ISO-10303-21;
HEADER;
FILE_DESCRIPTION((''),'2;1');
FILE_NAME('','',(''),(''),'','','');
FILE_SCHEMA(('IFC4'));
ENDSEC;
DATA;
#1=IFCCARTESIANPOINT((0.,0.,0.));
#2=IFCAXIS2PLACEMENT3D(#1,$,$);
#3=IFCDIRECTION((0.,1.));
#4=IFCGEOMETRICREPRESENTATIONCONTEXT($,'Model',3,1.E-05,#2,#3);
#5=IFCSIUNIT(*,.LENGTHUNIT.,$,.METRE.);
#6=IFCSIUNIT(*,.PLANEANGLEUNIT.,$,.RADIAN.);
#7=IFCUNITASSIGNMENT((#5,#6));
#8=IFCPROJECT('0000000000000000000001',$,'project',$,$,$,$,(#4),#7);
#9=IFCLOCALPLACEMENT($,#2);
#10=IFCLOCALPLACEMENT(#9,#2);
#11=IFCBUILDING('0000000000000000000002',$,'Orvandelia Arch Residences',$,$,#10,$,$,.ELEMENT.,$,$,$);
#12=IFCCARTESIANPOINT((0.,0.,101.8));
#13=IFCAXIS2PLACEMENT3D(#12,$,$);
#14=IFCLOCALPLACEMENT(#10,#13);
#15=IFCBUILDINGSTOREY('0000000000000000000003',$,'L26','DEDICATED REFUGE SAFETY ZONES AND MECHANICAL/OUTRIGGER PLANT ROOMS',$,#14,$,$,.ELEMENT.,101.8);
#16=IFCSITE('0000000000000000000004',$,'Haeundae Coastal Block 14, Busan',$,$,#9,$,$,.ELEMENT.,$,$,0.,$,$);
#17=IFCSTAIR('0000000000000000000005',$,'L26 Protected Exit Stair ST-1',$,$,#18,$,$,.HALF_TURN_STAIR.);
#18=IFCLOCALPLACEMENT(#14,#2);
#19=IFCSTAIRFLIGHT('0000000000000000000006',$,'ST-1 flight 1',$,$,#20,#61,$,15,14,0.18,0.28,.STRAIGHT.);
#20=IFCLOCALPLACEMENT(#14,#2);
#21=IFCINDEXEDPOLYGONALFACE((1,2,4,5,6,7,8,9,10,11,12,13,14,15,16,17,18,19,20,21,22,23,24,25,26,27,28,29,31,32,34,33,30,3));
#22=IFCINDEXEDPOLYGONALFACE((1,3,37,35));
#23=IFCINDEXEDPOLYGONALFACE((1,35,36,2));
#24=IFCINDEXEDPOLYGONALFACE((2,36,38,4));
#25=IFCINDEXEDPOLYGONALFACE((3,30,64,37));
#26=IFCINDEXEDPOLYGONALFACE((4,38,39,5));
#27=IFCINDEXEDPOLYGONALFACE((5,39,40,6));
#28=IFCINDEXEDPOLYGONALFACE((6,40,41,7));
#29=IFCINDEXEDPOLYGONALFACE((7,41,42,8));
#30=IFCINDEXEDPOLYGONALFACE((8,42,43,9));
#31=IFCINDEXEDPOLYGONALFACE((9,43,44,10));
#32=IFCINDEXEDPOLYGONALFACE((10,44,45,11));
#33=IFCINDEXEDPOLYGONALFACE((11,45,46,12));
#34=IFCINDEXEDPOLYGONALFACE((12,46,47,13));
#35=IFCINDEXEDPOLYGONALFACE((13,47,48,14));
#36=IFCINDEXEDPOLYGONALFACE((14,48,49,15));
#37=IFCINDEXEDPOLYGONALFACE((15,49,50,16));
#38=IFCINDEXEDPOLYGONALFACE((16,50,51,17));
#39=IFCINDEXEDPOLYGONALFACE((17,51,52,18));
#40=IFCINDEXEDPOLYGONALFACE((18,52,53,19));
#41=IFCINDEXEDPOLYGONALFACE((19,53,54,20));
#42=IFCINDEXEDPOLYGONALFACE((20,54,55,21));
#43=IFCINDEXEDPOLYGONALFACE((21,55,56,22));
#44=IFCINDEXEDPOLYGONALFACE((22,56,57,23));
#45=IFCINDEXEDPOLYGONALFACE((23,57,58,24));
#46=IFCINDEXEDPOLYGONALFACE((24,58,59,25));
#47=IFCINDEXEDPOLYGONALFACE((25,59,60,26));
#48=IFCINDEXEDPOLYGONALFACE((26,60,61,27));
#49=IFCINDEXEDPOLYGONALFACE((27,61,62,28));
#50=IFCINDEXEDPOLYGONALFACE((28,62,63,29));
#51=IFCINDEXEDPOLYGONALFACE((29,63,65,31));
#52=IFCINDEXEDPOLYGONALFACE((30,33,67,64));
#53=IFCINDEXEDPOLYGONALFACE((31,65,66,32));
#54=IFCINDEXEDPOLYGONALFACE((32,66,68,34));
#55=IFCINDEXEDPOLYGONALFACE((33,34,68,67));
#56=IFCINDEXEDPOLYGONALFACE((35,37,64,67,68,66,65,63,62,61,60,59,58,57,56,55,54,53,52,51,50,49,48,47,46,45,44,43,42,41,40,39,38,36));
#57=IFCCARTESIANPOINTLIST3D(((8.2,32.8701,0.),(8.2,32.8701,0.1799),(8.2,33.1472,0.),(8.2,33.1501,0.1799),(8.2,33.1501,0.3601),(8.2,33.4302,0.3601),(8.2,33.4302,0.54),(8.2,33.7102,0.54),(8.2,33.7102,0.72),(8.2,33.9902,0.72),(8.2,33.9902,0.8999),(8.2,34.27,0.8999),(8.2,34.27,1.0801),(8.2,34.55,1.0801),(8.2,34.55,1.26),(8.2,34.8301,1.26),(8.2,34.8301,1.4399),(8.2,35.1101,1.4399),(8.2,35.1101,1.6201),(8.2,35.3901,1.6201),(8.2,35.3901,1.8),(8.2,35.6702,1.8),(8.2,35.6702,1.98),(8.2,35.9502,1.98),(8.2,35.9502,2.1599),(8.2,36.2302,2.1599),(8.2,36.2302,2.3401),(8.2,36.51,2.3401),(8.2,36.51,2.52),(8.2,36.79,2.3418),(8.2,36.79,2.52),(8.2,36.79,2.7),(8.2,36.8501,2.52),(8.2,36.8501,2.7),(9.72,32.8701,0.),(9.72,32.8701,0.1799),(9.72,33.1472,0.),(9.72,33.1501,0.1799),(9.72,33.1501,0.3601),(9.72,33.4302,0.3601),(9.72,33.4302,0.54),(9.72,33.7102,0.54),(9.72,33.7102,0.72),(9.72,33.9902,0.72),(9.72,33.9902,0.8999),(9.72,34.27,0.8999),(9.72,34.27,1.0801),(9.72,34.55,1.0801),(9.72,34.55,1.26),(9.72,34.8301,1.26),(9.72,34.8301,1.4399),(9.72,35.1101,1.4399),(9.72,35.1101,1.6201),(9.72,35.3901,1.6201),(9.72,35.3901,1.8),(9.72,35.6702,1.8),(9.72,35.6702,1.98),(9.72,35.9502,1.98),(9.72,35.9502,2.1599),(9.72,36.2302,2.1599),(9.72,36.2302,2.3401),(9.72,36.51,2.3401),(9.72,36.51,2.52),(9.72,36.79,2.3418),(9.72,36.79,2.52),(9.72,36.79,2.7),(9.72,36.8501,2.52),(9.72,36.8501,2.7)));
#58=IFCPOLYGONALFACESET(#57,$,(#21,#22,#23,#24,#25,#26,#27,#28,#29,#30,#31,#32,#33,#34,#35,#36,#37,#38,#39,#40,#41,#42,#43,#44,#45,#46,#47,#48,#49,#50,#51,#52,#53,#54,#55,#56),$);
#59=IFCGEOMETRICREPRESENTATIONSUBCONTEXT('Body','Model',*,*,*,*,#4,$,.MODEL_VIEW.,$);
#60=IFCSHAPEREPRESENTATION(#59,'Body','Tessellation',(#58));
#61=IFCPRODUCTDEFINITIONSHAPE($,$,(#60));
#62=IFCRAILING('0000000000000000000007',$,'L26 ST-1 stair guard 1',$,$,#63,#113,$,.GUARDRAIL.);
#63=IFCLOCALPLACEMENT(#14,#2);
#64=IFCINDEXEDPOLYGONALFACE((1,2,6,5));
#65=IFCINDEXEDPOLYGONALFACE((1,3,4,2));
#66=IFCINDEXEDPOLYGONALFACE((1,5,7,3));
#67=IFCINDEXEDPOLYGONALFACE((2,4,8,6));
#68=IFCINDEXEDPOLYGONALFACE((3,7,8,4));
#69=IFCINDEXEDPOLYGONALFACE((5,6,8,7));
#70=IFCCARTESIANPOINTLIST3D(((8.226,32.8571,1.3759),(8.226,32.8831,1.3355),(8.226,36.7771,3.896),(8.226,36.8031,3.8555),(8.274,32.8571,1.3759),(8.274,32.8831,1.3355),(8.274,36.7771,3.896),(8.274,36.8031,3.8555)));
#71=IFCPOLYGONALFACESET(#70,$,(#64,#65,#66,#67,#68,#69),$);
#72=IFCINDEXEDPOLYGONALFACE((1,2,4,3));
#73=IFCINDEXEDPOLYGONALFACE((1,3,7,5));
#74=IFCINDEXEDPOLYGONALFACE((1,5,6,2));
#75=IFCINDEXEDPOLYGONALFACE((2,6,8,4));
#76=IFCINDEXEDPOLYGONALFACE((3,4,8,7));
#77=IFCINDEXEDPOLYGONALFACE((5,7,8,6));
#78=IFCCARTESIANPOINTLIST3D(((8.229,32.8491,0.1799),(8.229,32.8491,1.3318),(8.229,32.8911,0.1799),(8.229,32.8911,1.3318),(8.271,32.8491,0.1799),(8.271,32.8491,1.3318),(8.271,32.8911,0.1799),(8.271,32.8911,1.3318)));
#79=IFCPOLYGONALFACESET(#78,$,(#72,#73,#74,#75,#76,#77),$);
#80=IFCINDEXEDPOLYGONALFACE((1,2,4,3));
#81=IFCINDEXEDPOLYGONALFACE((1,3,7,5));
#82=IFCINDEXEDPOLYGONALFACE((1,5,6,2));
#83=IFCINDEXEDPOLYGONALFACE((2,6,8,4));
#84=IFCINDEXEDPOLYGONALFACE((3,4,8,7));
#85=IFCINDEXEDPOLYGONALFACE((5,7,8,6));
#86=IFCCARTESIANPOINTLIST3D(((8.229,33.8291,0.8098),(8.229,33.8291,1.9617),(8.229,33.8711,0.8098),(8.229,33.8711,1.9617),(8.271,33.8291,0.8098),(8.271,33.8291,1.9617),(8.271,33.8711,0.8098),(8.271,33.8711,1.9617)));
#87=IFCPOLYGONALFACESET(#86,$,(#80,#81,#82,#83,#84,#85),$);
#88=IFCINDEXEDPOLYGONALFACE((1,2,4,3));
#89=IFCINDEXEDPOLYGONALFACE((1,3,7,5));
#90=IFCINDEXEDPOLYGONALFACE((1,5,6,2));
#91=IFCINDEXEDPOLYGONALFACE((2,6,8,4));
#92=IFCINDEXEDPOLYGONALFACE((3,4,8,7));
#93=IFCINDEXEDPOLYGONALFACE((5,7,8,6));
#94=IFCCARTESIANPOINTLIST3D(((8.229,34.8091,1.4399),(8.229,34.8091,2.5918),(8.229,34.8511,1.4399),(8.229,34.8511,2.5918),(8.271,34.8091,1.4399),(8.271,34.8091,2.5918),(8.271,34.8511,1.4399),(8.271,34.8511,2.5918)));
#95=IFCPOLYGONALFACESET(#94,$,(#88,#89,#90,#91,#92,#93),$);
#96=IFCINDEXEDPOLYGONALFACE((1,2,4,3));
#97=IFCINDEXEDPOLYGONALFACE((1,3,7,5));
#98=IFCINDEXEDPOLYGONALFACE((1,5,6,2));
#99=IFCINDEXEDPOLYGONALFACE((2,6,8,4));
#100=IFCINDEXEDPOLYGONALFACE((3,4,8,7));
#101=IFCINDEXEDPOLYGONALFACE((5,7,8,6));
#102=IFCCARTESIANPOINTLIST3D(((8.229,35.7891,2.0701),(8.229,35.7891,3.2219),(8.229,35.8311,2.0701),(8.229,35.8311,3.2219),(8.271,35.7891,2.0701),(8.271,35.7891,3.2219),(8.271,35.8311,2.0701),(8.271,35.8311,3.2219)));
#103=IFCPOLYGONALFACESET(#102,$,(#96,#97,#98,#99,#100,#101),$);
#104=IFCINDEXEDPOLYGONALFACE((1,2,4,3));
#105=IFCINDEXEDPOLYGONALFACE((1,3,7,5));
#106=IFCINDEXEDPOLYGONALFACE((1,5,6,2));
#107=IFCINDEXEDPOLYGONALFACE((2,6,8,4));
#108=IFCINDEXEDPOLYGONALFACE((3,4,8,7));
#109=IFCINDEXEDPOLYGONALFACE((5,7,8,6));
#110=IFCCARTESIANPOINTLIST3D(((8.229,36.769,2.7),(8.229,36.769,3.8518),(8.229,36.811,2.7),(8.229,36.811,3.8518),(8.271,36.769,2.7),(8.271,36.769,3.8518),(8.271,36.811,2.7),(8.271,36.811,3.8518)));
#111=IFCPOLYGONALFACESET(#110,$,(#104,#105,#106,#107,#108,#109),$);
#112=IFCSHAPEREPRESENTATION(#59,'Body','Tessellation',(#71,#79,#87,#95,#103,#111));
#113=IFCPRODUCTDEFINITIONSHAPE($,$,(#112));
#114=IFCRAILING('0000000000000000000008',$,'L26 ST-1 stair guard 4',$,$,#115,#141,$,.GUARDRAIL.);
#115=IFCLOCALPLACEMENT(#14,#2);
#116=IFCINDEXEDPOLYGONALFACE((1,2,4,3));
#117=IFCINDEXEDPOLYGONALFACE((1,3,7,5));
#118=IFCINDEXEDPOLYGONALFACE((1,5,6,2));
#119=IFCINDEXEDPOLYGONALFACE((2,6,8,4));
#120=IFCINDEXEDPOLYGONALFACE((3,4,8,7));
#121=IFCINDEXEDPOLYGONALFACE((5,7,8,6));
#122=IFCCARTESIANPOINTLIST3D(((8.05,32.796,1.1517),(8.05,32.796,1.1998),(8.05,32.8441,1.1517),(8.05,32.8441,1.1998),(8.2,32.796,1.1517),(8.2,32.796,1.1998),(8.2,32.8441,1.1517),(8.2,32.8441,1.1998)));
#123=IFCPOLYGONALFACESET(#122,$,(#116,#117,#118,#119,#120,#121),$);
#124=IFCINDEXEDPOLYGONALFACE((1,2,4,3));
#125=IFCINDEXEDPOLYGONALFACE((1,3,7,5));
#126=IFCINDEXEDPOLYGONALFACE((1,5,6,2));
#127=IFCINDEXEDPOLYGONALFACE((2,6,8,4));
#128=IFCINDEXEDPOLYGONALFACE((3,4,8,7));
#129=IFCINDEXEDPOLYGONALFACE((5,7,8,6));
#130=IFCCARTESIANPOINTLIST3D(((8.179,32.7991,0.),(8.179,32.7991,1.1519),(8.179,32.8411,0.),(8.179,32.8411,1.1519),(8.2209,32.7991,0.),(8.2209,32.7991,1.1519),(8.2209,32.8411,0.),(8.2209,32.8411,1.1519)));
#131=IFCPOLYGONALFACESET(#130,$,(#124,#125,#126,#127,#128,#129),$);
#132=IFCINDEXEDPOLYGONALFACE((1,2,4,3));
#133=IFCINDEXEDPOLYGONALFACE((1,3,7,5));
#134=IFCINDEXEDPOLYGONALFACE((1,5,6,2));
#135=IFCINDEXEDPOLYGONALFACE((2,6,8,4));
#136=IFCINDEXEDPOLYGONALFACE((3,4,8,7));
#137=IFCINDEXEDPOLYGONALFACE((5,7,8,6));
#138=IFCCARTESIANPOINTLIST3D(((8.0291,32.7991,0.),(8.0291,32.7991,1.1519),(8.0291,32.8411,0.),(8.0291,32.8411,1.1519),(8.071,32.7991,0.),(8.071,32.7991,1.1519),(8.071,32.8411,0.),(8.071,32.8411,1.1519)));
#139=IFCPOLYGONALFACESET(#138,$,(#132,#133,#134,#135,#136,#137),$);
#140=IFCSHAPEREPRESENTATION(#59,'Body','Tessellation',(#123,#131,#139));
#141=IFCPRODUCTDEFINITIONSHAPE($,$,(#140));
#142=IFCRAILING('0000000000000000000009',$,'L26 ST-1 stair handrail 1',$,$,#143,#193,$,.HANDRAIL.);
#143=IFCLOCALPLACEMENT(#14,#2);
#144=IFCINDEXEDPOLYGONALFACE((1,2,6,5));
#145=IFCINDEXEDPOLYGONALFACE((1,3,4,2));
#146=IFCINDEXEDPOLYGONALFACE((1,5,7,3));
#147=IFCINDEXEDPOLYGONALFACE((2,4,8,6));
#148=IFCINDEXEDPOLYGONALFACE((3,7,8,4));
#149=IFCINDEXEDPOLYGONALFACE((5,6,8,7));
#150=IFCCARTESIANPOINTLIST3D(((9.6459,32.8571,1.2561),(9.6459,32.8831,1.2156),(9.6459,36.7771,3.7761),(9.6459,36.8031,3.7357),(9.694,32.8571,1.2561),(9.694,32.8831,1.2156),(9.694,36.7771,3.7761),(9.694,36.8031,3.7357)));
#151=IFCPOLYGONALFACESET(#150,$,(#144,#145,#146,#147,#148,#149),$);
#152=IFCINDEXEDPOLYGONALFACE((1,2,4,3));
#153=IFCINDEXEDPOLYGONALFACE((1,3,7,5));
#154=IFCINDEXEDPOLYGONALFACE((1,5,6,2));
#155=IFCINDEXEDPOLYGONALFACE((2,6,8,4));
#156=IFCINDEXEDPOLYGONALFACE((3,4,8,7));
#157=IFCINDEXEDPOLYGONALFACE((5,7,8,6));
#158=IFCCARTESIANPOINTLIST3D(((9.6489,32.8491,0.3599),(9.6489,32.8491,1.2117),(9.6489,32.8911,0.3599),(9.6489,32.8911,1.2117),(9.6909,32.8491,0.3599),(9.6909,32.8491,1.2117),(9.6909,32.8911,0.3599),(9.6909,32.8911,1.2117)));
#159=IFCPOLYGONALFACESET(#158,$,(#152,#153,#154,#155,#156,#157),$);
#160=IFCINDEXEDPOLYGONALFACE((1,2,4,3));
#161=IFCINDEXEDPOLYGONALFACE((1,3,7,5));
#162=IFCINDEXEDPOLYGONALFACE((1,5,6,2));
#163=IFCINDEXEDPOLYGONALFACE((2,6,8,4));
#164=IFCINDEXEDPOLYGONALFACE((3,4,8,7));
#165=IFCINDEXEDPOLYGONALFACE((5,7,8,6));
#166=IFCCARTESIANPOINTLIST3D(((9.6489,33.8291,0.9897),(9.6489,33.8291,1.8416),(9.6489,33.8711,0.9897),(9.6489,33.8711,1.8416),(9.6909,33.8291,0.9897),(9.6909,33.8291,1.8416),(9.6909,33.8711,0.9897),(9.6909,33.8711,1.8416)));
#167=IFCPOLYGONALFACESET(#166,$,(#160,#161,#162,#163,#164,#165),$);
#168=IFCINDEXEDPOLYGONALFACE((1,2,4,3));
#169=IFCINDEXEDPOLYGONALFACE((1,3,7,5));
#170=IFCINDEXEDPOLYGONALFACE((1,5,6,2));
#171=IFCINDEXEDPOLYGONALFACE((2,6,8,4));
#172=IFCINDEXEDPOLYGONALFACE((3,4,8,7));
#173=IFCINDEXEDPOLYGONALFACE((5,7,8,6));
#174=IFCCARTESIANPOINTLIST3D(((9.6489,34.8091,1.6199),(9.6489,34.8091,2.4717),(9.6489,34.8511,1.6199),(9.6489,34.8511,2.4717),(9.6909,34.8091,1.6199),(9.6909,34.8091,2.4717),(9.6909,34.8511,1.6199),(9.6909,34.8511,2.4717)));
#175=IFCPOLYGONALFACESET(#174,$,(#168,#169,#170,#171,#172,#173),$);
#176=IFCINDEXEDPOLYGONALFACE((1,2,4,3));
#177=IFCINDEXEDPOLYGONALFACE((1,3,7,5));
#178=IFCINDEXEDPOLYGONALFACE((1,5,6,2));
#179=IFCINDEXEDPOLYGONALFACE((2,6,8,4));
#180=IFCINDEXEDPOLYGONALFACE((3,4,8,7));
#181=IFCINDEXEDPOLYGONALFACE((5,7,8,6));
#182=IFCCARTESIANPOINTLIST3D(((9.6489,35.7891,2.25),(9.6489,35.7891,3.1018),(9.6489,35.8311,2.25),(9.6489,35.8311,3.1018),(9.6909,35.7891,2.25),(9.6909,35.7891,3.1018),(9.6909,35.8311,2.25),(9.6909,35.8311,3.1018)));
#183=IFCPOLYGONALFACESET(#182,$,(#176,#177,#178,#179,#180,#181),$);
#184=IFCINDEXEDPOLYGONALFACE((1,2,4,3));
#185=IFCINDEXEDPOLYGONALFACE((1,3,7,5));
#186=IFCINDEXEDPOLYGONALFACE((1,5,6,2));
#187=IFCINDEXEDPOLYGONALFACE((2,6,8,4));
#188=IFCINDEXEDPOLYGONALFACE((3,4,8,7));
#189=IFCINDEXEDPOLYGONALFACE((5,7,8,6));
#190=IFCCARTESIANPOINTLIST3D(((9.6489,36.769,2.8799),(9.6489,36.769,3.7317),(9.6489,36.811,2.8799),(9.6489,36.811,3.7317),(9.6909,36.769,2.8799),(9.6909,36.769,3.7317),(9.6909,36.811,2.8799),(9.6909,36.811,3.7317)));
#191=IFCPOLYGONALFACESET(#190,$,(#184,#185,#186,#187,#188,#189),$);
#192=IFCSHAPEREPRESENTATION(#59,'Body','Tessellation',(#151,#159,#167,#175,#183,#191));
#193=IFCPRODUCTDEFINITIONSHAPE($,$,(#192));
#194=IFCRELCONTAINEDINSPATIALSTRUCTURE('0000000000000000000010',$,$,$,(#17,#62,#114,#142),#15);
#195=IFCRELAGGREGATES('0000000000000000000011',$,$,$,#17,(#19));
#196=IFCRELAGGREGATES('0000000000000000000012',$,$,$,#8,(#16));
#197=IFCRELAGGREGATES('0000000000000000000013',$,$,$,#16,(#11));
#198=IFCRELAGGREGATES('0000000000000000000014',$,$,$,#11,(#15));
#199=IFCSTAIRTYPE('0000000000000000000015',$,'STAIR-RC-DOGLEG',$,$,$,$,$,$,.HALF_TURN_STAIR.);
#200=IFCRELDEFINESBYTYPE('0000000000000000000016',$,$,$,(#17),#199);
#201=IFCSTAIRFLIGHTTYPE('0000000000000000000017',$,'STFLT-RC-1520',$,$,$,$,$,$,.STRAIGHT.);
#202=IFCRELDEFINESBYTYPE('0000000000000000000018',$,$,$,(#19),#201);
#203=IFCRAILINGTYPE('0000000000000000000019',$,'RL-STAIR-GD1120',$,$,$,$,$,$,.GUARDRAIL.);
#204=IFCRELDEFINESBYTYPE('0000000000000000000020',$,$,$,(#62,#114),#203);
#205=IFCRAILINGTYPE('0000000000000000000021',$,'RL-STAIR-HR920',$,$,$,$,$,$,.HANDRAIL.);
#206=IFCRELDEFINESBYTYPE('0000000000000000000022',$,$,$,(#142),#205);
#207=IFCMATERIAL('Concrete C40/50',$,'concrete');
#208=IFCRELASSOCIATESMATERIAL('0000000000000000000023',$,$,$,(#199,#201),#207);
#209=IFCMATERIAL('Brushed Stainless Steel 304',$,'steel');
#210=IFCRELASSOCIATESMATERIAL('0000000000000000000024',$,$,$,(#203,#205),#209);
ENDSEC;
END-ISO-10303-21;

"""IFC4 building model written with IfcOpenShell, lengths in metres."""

from ifc_helpers import new_model, si_unit, direction, frame, origin, origin_2d, place, context, subcontext, project, spatial, polyline, rectangle, outline, extrude, material, type_object, element, aggregate, save


model = new_model("IFC4")

# Units and contexts
model_context = context("Model", 3, precision=1e-05, world=origin(), true_north=direction((0.0, 1.0)))
body_context = subcontext(model_context, "Body", "Model", "MODEL_VIEW")
ifc_project = project(units=[si_unit("LENGTHUNIT", "METRE"), si_unit("PLANEANGLEUNIT", "RADIAN")], contexts=[model_context])

# Site, building, storey
site_placement = place(None, origin())
site = spatial("IfcSite", under=ifc_project, at=site_placement, Name="Haeundae Coastal Block 14, Busan", CompositionType="ELEMENT", RefElevation=0.0)
building_placement = place(site_placement, origin())
building = spatial("IfcBuilding", under=site, at=building_placement, Name="Orvandelia Arch Residences", CompositionType="ELEMENT")
storey_placement = place(building_placement, frame((0.0, 0.0, 101.8)))
storey = spatial("IfcBuildingStorey", under=building, at=storey_placement, Name="L26", Description="DEDICATED REFUGE SAFETY ZONES AND MECHANICAL/OUTRIGGER PLANT ROOMS", CompositionType="ELEMENT", Elevation=101.8)

# Stair, stair flight
ifc_material_1 = material(Name="Concrete C40/50", Category="concrete")
stair_type = type_object("IfcStairType", Name="STAIR-RC-DOGLEG", PredefinedType="HALF_TURN_STAIR", material=ifc_material_1)
stair_placement = place(storey_placement, origin())
stair = element("IfcStair", 1, at=stair_placement, inside=storey, type_object=stair_type, Name="L26 Protected Exit Stair ST-1", PredefinedType="HALF_TURN_STAIR")
stair_flight_type = type_object("IfcStairFlightType", Name="STFLT-RC-1520", PredefinedType="STRAIGHT", material=ifc_material_1)
stair_flight_placement = place(storey_placement, frame((8.96, 32.8701, 0.0), z_axis=(0.0, 0.0, 1.0), x_axis=(0.0, 1.0, 0.0)))
stair_flight = element("IfcStairFlight", 2, at=stair_flight_placement, type_object=stair_flight_type, Name="ST-1 flight 1", NumberOfRisers=15, NumberOfTreads=14, PredefinedType="STRAIGHT", RiserHeight=0.18, TreadLength=0.28, context=body_context, shape_type="SweptSolid", body=[
    extrude(outline(polyline([(0.0, 0.0), (0.0, 0.1799), (0.28, 0.1799), (0.28, 0.3601), (0.5601, 0.3601), (0.5601, 0.54), (0.8401, 0.54), (0.8401, 0.72), (1.1201, 0.72), (1.1201, 0.8999), (1.3999, 0.8999), (1.3999, 1.0801), (1.6799, 1.0801), (1.6799, 1.26), (1.96, 1.26), (1.96, 1.4399), (2.24, 1.4399), (2.24, 1.6201), (2.52, 1.6201), (2.52, 1.8), (2.8, 1.8), (2.8, 1.98), (3.0801, 1.98), (3.0801, 2.1599), (3.3601, 2.1599), (3.3601, 2.3401), (3.6399, 2.3401), (3.6399, 2.52), (3.9199, 2.52), (3.9199, 2.7), (3.98, 2.7), (3.98, 2.52), (3.9199, 2.3418), (0.2771, 0.0), (0.0, 0.0)])), frame((0.0, 0.76, 0.0), z_axis=(0.0, -1.0, 0.0), x_axis=(1.0, 0.0, 0.0)), (0.0, 0.0, 1.0), 1.52),
])
aggregate(stair, [stair_flight])

# Railings
ifc_material_2 = material(Name="Brushed Stainless Steel 304", Category="steel")
railing_type_1 = type_object("IfcRailingType", Name="RL-STAIR-GD1120", PredefinedType="GUARDRAIL", material=ifc_material_2)
railing_1_placement = place(storey_placement, frame((8.25, 32.8701, 0.1799)))
element("IfcRailing", 3, at=railing_1_placement, inside=storey, type_object=railing_type_1, Name="L26 ST-1 stair guard 1", PredefinedType="GUARDRAIL", context=body_context, shape_type="SweptSolid", body=[
    extrude(rectangle(XDim=0.0481, YDim=0.0481, at=origin_2d()), frame((0.0, 0.0, 1.1758), z_axis=(0.0, 0.841172, 0.540768), x_axis=(-1.0, 0.0, 0.0)), (0.0, 0.0, 1.0), 4.6602),
    extrude(rectangle(XDim=0.042, YDim=0.042, at=origin_2d()), origin(), (0.0, 0.0, 1.0), 1.1519),
    extrude(rectangle(XDim=0.042, YDim=0.042, at=origin_2d()), frame((0.0, 0.98, 0.6299)), (0.0, 0.0, 1.0), 1.1519),
    extrude(rectangle(XDim=0.042, YDim=0.042, at=origin_2d()), frame((0.0, 1.96, 1.26)), (0.0, 0.0, 1.0), 1.1519),
    extrude(rectangle(XDim=0.042, YDim=0.042, at=origin_2d()), frame((0.0, 2.9399, 1.8901)), (0.0, 0.0, 1.0), 1.1519),
    extrude(rectangle(XDim=0.042, YDim=0.042, at=origin_2d()), frame((0.0, 3.9199, 2.52)), (0.0, 0.0, 1.0), 1.1519),
])
railing_2_placement = place(storey_placement, frame((8.2, 32.8201, 0.0)))
element("IfcRailing", 4, at=railing_2_placement, inside=storey, type_object=railing_type_1, Name="L26 ST-1 stair guard 4", PredefinedType="GUARDRAIL", context=body_context, shape_type="SweptSolid", body=[
    extrude(rectangle(XDim=0.0481, YDim=0.0481, at=origin_2d()), frame((0.0, 0.0, 1.1758), z_axis=(-1.0, 0.0, 0.0), x_axis=(0.0, -1.0, 0.0)), (0.0, 0.0, 1.0), 0.1499),
    extrude(rectangle(XDim=0.042, YDim=0.042, at=origin_2d()), origin(), (0.0, 0.0, 1.0), 1.1519),
    extrude(rectangle(XDim=0.042, YDim=0.042, at=origin_2d()), frame((-0.1499, 0.0, 0.0)), (0.0, 0.0, 1.0), 1.1519),
])
railing_type_2 = type_object("IfcRailingType", Name="RL-STAIR-HR920", PredefinedType="HANDRAIL", material=ifc_material_2)
railing_3_placement = place(storey_placement, frame((9.6699, 32.8701, 0.3599)))
element("IfcRailing", 5, at=railing_3_placement, inside=storey, type_object=railing_type_2, Name="L26 ST-1 stair handrail 1", PredefinedType="HANDRAIL", context=body_context, shape_type="SweptSolid", body=[
    extrude(rectangle(XDim=0.0481, YDim=0.0481, at=origin_2d()), frame((0.0, 0.0, 0.876), z_axis=(0.0, 0.841172, 0.540768), x_axis=(-1.0, 0.0, 0.0)), (0.0, 0.0, 1.0), 4.6602),
    extrude(rectangle(XDim=0.042, YDim=0.042, at=origin_2d()), origin(), (0.0, 0.0, 1.0), 0.8518),
    extrude(rectangle(XDim=0.042, YDim=0.042, at=origin_2d()), frame((0.0, 0.98, 0.6299)), (0.0, 0.0, 1.0), 0.8518),
    extrude(rectangle(XDim=0.042, YDim=0.042, at=origin_2d()), frame((0.0, 1.96, 1.26)), (0.0, 0.0, 1.0), 0.8518),
    extrude(rectangle(XDim=0.042, YDim=0.042, at=origin_2d()), frame((0.0, 2.9399, 1.8901)), (0.0, 0.0, 1.0), 0.8518),
    extrude(rectangle(XDim=0.042, YDim=0.042, at=origin_2d()), frame((0.0, 3.9199, 2.52)), (0.0, 0.0, 1.0), 0.8518),
])

save(model, "model.ifc")
